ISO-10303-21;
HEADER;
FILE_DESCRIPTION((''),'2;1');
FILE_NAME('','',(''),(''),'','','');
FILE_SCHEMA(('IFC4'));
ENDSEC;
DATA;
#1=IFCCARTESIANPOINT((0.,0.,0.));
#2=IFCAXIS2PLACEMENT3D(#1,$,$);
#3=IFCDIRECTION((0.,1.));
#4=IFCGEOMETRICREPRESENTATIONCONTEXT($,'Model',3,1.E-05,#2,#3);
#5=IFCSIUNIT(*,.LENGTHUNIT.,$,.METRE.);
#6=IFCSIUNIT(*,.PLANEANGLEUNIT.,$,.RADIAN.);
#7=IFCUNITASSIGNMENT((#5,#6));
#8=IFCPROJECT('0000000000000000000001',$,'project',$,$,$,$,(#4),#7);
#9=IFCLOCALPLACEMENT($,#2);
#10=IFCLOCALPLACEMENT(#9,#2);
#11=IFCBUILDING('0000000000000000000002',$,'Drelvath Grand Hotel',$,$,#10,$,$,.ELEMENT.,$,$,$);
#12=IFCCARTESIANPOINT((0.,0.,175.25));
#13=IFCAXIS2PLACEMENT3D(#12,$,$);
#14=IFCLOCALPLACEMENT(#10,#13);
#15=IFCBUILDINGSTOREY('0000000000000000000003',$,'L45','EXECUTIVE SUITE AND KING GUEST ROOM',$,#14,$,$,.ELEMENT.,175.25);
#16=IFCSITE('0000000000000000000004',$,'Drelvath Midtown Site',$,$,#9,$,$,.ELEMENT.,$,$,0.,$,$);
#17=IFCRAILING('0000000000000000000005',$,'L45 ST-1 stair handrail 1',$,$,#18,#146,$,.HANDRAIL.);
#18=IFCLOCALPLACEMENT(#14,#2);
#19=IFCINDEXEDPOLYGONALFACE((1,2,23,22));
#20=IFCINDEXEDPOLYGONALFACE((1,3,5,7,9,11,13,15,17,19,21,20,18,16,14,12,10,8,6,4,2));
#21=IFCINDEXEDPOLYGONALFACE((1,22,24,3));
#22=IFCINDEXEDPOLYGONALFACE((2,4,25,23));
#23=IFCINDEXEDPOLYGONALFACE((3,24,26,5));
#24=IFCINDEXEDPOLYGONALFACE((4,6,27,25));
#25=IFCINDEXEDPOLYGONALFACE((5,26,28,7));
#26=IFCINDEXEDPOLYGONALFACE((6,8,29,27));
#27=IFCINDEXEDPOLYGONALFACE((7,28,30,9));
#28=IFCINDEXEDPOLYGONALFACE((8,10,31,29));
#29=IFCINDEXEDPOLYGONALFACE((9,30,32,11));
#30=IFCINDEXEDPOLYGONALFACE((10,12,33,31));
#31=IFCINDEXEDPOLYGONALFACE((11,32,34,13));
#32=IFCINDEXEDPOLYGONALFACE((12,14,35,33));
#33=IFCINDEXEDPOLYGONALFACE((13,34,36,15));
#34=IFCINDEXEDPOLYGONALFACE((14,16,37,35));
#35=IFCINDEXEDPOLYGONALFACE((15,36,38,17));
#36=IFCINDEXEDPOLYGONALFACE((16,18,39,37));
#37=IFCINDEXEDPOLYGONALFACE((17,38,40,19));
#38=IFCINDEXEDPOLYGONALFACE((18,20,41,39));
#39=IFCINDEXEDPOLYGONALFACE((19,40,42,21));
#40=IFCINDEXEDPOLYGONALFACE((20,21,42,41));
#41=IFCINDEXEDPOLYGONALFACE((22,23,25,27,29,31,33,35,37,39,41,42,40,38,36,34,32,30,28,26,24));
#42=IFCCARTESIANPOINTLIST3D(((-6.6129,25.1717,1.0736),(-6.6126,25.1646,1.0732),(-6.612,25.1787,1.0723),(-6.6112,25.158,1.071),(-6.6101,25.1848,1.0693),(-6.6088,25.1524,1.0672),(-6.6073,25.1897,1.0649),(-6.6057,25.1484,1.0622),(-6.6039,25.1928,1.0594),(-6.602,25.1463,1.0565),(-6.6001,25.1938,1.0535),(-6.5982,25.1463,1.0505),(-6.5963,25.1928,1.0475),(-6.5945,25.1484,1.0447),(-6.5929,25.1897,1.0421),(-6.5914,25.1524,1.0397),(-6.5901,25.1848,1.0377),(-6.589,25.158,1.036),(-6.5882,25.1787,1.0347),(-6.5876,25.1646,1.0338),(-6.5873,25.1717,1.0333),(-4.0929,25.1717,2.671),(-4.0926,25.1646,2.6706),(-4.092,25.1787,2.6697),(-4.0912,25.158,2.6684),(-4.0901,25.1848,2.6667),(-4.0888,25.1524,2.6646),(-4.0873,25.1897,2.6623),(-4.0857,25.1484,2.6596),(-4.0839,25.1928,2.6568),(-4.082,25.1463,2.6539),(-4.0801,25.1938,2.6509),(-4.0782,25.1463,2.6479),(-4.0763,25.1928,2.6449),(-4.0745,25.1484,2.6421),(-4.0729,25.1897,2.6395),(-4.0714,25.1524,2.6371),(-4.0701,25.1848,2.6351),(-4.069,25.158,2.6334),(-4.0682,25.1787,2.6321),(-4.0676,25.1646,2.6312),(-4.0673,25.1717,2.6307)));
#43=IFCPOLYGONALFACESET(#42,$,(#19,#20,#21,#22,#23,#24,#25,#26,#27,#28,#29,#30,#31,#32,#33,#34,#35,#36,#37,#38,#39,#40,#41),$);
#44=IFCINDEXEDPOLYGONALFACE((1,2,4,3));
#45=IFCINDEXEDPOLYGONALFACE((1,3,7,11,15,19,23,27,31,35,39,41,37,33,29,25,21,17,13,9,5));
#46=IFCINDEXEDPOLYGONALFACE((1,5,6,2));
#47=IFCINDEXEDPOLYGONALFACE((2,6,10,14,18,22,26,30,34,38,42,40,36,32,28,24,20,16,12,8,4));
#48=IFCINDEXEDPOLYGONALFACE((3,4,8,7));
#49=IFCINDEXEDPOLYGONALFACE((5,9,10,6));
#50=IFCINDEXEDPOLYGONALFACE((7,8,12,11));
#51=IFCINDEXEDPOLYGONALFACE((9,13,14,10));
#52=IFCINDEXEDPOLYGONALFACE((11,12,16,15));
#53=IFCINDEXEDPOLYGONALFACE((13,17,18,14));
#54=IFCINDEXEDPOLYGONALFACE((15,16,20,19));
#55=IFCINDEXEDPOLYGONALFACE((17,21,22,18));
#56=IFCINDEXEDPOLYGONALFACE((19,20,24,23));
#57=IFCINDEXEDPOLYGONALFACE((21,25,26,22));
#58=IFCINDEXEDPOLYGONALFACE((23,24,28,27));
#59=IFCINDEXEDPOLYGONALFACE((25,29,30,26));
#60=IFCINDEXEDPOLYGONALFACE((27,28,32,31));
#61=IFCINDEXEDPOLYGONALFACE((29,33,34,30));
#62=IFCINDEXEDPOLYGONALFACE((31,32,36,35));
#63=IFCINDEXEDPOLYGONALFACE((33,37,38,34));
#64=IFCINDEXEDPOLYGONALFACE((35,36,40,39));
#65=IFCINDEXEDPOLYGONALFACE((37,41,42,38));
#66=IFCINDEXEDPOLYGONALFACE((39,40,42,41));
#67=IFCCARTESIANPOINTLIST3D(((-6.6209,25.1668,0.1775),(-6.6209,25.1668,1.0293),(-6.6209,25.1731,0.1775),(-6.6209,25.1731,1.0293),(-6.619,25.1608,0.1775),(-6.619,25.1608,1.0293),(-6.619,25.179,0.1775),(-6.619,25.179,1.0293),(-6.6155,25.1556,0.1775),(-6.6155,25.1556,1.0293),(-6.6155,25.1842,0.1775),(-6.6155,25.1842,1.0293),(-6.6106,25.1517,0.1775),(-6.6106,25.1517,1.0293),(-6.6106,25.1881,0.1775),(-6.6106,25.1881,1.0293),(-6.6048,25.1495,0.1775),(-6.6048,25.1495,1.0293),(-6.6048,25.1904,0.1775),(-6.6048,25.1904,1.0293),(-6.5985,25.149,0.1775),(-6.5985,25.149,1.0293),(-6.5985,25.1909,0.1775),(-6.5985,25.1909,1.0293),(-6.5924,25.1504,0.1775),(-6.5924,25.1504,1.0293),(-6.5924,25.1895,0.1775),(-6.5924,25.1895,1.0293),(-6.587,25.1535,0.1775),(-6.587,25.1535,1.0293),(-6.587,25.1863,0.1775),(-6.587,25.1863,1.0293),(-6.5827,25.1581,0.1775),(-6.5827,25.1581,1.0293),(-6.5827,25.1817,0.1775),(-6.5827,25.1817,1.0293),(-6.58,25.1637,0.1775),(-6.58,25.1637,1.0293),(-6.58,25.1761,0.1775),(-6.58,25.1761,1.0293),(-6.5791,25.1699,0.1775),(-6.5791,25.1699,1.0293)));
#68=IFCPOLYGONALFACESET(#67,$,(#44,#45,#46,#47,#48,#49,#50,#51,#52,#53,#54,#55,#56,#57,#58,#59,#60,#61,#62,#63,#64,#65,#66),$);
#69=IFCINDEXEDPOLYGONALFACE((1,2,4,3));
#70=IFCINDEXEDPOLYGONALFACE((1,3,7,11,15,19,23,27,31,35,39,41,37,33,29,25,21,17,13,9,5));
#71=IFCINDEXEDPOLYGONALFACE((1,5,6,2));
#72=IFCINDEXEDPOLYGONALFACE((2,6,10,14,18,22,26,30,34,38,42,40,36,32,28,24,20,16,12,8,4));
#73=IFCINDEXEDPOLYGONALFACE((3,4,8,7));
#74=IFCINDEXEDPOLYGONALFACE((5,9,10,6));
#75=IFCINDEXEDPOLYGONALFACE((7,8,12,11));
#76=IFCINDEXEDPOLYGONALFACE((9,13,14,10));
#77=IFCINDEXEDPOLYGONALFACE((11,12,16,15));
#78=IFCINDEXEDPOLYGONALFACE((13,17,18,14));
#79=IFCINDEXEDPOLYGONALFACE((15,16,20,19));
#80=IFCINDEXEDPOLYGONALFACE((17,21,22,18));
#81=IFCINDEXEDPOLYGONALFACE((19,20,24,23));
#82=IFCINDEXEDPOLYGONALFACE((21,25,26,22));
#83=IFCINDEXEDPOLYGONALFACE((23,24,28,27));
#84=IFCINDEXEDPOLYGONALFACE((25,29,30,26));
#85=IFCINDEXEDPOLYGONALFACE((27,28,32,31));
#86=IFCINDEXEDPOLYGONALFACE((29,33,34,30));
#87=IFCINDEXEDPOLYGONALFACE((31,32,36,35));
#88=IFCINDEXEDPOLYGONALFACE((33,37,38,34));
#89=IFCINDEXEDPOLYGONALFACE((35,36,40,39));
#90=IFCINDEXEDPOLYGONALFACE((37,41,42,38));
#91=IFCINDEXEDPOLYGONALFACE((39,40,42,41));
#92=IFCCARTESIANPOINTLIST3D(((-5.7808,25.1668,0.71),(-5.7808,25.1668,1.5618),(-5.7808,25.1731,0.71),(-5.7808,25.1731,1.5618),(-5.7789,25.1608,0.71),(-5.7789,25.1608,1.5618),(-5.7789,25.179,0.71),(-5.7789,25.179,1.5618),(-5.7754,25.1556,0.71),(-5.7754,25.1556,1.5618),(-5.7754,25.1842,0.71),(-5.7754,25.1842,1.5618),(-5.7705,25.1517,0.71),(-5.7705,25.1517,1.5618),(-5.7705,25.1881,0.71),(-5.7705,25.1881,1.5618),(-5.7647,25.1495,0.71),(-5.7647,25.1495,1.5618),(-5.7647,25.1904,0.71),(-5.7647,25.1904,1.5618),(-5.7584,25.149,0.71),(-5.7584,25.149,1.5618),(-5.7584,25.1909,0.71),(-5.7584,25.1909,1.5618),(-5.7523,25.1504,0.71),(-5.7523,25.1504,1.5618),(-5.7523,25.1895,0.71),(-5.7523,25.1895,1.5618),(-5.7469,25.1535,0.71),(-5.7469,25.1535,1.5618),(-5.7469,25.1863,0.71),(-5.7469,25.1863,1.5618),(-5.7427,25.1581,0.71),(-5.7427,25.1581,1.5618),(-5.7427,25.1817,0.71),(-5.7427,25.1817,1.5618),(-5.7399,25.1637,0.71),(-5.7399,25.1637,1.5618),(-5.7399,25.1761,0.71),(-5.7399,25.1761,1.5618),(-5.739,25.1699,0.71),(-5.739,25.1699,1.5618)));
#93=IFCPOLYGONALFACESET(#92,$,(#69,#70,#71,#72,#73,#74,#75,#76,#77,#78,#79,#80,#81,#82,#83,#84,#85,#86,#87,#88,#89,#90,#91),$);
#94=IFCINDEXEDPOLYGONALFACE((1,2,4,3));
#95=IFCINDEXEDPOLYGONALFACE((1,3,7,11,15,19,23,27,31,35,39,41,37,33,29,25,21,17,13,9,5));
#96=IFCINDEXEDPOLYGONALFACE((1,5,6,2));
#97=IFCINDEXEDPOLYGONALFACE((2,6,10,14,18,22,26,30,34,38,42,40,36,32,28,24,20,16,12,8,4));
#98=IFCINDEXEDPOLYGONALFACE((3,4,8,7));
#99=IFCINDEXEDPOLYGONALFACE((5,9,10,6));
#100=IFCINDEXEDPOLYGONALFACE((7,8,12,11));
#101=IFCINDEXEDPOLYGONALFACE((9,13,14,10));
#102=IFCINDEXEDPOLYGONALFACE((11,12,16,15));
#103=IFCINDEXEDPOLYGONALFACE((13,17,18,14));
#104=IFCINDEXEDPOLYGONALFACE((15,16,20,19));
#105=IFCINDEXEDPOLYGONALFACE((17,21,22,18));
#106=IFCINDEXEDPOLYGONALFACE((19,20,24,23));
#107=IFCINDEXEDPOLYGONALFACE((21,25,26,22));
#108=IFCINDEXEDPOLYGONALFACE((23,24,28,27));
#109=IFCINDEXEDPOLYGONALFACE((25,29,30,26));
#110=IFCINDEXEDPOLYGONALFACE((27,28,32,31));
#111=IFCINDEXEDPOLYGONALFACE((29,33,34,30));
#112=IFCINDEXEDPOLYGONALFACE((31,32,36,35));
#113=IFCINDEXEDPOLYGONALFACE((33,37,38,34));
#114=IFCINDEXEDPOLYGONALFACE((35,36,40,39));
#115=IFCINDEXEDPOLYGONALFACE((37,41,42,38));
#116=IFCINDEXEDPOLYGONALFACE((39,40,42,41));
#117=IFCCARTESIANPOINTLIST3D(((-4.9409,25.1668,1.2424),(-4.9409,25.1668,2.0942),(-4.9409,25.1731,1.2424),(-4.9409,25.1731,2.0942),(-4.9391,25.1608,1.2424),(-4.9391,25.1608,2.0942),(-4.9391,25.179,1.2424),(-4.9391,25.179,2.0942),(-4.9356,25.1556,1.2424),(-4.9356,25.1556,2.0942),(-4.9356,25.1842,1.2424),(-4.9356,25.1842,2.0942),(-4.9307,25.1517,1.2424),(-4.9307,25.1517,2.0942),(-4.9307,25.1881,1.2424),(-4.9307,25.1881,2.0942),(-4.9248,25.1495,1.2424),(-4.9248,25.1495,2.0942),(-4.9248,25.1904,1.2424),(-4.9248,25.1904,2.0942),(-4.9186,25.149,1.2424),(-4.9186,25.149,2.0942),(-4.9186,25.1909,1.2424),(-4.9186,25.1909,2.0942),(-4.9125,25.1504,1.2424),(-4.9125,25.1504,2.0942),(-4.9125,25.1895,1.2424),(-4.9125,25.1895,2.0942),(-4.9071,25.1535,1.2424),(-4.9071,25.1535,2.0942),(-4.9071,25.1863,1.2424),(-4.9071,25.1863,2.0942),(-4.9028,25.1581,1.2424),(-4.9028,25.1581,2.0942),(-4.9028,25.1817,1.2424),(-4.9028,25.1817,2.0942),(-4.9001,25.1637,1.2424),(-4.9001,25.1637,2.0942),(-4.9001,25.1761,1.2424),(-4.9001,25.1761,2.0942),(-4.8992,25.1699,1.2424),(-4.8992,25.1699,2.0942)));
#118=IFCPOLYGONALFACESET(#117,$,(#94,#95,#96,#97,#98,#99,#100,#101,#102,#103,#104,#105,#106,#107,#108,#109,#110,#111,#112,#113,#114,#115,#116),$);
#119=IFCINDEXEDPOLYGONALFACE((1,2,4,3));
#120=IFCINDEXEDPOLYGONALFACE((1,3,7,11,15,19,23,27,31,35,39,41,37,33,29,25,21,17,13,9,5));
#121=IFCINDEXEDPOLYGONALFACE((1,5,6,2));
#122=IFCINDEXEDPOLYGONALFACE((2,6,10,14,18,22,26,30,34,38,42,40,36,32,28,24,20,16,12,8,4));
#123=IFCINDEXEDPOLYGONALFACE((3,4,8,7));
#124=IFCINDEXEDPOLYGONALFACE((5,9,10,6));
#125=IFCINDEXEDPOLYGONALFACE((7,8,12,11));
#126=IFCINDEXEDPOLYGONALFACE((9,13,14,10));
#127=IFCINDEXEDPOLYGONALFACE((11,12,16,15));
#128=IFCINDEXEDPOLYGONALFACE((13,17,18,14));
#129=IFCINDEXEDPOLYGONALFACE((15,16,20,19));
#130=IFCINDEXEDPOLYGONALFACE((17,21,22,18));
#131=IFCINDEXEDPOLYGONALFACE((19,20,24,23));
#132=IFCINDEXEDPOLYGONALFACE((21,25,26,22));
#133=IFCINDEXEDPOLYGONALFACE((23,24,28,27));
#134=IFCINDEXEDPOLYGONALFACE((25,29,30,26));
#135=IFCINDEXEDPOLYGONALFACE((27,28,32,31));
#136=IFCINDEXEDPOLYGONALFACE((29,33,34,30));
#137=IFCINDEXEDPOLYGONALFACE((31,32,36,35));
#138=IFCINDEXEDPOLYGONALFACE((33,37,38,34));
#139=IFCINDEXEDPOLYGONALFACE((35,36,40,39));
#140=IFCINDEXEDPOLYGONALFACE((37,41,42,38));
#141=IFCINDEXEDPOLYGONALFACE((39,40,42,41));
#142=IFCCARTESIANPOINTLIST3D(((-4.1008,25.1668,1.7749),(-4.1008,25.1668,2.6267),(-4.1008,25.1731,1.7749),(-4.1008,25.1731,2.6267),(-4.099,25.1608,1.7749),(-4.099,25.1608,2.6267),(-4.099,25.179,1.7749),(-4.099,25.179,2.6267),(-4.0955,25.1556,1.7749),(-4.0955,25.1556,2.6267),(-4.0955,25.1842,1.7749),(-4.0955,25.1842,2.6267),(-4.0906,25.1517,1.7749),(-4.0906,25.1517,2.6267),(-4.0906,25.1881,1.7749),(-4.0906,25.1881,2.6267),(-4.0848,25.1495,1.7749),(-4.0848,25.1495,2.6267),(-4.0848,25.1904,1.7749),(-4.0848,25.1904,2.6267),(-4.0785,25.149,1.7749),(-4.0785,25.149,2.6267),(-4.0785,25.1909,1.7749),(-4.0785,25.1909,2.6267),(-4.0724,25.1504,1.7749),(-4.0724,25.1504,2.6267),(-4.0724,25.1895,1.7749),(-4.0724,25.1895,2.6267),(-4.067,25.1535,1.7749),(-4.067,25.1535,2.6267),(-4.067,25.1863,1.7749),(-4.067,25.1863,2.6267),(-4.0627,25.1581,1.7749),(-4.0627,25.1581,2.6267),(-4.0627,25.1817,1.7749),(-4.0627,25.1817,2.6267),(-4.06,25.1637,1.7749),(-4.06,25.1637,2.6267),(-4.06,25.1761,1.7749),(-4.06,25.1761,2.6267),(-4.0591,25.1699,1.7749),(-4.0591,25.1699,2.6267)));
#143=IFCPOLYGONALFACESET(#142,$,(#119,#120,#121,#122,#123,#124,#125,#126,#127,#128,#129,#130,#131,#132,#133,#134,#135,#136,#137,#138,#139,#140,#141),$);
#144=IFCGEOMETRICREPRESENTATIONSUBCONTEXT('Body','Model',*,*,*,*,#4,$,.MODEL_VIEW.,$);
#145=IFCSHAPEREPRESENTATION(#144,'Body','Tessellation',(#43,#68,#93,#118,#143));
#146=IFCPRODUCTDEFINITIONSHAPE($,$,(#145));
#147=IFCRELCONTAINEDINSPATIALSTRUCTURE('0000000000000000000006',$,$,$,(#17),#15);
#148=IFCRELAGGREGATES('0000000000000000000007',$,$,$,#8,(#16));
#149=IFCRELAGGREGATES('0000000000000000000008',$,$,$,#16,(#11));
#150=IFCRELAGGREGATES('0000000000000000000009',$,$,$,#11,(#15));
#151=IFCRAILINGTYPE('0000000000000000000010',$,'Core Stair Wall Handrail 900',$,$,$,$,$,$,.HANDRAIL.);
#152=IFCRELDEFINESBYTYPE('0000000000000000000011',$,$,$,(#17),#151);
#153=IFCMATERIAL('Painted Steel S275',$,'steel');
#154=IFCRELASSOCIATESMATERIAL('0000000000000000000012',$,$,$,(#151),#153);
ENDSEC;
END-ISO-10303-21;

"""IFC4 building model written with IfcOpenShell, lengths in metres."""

from ifc_helpers import new_model, si_unit, direction, frame, origin, origin_2d, place, context, subcontext, project, spatial, circle, extrude, material, type_object, element, save


model = new_model("IFC4")

# Units and contexts
model_context = context("Model", 3, precision=1e-05, world=origin(), true_north=direction((0.0, 1.0)))
body_context = subcontext(model_context, "Body", "Model", "MODEL_VIEW")
ifc_project = project(units=[si_unit("LENGTHUNIT", "METRE"), si_unit("PLANEANGLEUNIT", "RADIAN")], contexts=[model_context])

# Site, building, storey
site_placement = place(None, origin())
site = spatial("IfcSite", under=ifc_project, at=site_placement, Name="Drelvath Midtown Site", CompositionType="ELEMENT", RefElevation=0.0)
building_placement = place(site_placement, origin())
building = spatial("IfcBuilding", under=site, at=building_placement, Name="Drelvath Grand Hotel", CompositionType="ELEMENT")
storey_placement = place(building_placement, frame((0.0, 0.0, 175.25)))
storey = spatial("IfcBuildingStorey", under=building, at=storey_placement, Name="L45", Description="EXECUTIVE SUITE AND KING GUEST ROOM", CompositionType="ELEMENT", Elevation=175.25)

# Shared definitions
ifc_material_1 = material(Name="Painted Steel S275", Category="steel")

# Railing
railing_type_1 = type_object("IfcRailingType", Name="Core Stair Wall Handrail 900", PredefinedType="HANDRAIL", material=ifc_material_1)
railing_1_placement = place(storey_placement, frame((-6.6001, 25.1699, 0.1775)))
element("IfcRailing", 1, at=railing_1_placement, inside=storey, type_object=railing_type_1, Name="L45 ST-1 stair handrail 1", PredefinedType="HANDRAIL", context=body_context, shape_type="SweptSolid", body=[
    extrude(circle(Radius=0.0239, at=origin_2d()), frame((0.0, 0.0, 0.876), z_axis=(0.844607, 0.0, 0.535387), x_axis=(0.0, 1.0, 0.0)), (0.0, 0.0, 1.0), 2.9836),
    extrude(circle(Radius=0.021, at=origin_2d()), origin(), (0.0, 0.0, 1.0), 0.8518),
    extrude(circle(Radius=0.021, at=origin_2d()), frame((0.8401, 0.0, 0.5325)), (0.0, 0.0, 1.0), 0.8518),
    extrude(circle(Radius=0.021, at=origin_2d()), frame((1.6799, 0.0, 1.0649)), (0.0, 0.0, 1.0), 0.8518),
    extrude(circle(Radius=0.021, at=origin_2d()), frame((2.52, 0.0, 1.5974)), (0.0, 0.0, 1.0), 0.8518),
])

save(model, "model.ifc")
